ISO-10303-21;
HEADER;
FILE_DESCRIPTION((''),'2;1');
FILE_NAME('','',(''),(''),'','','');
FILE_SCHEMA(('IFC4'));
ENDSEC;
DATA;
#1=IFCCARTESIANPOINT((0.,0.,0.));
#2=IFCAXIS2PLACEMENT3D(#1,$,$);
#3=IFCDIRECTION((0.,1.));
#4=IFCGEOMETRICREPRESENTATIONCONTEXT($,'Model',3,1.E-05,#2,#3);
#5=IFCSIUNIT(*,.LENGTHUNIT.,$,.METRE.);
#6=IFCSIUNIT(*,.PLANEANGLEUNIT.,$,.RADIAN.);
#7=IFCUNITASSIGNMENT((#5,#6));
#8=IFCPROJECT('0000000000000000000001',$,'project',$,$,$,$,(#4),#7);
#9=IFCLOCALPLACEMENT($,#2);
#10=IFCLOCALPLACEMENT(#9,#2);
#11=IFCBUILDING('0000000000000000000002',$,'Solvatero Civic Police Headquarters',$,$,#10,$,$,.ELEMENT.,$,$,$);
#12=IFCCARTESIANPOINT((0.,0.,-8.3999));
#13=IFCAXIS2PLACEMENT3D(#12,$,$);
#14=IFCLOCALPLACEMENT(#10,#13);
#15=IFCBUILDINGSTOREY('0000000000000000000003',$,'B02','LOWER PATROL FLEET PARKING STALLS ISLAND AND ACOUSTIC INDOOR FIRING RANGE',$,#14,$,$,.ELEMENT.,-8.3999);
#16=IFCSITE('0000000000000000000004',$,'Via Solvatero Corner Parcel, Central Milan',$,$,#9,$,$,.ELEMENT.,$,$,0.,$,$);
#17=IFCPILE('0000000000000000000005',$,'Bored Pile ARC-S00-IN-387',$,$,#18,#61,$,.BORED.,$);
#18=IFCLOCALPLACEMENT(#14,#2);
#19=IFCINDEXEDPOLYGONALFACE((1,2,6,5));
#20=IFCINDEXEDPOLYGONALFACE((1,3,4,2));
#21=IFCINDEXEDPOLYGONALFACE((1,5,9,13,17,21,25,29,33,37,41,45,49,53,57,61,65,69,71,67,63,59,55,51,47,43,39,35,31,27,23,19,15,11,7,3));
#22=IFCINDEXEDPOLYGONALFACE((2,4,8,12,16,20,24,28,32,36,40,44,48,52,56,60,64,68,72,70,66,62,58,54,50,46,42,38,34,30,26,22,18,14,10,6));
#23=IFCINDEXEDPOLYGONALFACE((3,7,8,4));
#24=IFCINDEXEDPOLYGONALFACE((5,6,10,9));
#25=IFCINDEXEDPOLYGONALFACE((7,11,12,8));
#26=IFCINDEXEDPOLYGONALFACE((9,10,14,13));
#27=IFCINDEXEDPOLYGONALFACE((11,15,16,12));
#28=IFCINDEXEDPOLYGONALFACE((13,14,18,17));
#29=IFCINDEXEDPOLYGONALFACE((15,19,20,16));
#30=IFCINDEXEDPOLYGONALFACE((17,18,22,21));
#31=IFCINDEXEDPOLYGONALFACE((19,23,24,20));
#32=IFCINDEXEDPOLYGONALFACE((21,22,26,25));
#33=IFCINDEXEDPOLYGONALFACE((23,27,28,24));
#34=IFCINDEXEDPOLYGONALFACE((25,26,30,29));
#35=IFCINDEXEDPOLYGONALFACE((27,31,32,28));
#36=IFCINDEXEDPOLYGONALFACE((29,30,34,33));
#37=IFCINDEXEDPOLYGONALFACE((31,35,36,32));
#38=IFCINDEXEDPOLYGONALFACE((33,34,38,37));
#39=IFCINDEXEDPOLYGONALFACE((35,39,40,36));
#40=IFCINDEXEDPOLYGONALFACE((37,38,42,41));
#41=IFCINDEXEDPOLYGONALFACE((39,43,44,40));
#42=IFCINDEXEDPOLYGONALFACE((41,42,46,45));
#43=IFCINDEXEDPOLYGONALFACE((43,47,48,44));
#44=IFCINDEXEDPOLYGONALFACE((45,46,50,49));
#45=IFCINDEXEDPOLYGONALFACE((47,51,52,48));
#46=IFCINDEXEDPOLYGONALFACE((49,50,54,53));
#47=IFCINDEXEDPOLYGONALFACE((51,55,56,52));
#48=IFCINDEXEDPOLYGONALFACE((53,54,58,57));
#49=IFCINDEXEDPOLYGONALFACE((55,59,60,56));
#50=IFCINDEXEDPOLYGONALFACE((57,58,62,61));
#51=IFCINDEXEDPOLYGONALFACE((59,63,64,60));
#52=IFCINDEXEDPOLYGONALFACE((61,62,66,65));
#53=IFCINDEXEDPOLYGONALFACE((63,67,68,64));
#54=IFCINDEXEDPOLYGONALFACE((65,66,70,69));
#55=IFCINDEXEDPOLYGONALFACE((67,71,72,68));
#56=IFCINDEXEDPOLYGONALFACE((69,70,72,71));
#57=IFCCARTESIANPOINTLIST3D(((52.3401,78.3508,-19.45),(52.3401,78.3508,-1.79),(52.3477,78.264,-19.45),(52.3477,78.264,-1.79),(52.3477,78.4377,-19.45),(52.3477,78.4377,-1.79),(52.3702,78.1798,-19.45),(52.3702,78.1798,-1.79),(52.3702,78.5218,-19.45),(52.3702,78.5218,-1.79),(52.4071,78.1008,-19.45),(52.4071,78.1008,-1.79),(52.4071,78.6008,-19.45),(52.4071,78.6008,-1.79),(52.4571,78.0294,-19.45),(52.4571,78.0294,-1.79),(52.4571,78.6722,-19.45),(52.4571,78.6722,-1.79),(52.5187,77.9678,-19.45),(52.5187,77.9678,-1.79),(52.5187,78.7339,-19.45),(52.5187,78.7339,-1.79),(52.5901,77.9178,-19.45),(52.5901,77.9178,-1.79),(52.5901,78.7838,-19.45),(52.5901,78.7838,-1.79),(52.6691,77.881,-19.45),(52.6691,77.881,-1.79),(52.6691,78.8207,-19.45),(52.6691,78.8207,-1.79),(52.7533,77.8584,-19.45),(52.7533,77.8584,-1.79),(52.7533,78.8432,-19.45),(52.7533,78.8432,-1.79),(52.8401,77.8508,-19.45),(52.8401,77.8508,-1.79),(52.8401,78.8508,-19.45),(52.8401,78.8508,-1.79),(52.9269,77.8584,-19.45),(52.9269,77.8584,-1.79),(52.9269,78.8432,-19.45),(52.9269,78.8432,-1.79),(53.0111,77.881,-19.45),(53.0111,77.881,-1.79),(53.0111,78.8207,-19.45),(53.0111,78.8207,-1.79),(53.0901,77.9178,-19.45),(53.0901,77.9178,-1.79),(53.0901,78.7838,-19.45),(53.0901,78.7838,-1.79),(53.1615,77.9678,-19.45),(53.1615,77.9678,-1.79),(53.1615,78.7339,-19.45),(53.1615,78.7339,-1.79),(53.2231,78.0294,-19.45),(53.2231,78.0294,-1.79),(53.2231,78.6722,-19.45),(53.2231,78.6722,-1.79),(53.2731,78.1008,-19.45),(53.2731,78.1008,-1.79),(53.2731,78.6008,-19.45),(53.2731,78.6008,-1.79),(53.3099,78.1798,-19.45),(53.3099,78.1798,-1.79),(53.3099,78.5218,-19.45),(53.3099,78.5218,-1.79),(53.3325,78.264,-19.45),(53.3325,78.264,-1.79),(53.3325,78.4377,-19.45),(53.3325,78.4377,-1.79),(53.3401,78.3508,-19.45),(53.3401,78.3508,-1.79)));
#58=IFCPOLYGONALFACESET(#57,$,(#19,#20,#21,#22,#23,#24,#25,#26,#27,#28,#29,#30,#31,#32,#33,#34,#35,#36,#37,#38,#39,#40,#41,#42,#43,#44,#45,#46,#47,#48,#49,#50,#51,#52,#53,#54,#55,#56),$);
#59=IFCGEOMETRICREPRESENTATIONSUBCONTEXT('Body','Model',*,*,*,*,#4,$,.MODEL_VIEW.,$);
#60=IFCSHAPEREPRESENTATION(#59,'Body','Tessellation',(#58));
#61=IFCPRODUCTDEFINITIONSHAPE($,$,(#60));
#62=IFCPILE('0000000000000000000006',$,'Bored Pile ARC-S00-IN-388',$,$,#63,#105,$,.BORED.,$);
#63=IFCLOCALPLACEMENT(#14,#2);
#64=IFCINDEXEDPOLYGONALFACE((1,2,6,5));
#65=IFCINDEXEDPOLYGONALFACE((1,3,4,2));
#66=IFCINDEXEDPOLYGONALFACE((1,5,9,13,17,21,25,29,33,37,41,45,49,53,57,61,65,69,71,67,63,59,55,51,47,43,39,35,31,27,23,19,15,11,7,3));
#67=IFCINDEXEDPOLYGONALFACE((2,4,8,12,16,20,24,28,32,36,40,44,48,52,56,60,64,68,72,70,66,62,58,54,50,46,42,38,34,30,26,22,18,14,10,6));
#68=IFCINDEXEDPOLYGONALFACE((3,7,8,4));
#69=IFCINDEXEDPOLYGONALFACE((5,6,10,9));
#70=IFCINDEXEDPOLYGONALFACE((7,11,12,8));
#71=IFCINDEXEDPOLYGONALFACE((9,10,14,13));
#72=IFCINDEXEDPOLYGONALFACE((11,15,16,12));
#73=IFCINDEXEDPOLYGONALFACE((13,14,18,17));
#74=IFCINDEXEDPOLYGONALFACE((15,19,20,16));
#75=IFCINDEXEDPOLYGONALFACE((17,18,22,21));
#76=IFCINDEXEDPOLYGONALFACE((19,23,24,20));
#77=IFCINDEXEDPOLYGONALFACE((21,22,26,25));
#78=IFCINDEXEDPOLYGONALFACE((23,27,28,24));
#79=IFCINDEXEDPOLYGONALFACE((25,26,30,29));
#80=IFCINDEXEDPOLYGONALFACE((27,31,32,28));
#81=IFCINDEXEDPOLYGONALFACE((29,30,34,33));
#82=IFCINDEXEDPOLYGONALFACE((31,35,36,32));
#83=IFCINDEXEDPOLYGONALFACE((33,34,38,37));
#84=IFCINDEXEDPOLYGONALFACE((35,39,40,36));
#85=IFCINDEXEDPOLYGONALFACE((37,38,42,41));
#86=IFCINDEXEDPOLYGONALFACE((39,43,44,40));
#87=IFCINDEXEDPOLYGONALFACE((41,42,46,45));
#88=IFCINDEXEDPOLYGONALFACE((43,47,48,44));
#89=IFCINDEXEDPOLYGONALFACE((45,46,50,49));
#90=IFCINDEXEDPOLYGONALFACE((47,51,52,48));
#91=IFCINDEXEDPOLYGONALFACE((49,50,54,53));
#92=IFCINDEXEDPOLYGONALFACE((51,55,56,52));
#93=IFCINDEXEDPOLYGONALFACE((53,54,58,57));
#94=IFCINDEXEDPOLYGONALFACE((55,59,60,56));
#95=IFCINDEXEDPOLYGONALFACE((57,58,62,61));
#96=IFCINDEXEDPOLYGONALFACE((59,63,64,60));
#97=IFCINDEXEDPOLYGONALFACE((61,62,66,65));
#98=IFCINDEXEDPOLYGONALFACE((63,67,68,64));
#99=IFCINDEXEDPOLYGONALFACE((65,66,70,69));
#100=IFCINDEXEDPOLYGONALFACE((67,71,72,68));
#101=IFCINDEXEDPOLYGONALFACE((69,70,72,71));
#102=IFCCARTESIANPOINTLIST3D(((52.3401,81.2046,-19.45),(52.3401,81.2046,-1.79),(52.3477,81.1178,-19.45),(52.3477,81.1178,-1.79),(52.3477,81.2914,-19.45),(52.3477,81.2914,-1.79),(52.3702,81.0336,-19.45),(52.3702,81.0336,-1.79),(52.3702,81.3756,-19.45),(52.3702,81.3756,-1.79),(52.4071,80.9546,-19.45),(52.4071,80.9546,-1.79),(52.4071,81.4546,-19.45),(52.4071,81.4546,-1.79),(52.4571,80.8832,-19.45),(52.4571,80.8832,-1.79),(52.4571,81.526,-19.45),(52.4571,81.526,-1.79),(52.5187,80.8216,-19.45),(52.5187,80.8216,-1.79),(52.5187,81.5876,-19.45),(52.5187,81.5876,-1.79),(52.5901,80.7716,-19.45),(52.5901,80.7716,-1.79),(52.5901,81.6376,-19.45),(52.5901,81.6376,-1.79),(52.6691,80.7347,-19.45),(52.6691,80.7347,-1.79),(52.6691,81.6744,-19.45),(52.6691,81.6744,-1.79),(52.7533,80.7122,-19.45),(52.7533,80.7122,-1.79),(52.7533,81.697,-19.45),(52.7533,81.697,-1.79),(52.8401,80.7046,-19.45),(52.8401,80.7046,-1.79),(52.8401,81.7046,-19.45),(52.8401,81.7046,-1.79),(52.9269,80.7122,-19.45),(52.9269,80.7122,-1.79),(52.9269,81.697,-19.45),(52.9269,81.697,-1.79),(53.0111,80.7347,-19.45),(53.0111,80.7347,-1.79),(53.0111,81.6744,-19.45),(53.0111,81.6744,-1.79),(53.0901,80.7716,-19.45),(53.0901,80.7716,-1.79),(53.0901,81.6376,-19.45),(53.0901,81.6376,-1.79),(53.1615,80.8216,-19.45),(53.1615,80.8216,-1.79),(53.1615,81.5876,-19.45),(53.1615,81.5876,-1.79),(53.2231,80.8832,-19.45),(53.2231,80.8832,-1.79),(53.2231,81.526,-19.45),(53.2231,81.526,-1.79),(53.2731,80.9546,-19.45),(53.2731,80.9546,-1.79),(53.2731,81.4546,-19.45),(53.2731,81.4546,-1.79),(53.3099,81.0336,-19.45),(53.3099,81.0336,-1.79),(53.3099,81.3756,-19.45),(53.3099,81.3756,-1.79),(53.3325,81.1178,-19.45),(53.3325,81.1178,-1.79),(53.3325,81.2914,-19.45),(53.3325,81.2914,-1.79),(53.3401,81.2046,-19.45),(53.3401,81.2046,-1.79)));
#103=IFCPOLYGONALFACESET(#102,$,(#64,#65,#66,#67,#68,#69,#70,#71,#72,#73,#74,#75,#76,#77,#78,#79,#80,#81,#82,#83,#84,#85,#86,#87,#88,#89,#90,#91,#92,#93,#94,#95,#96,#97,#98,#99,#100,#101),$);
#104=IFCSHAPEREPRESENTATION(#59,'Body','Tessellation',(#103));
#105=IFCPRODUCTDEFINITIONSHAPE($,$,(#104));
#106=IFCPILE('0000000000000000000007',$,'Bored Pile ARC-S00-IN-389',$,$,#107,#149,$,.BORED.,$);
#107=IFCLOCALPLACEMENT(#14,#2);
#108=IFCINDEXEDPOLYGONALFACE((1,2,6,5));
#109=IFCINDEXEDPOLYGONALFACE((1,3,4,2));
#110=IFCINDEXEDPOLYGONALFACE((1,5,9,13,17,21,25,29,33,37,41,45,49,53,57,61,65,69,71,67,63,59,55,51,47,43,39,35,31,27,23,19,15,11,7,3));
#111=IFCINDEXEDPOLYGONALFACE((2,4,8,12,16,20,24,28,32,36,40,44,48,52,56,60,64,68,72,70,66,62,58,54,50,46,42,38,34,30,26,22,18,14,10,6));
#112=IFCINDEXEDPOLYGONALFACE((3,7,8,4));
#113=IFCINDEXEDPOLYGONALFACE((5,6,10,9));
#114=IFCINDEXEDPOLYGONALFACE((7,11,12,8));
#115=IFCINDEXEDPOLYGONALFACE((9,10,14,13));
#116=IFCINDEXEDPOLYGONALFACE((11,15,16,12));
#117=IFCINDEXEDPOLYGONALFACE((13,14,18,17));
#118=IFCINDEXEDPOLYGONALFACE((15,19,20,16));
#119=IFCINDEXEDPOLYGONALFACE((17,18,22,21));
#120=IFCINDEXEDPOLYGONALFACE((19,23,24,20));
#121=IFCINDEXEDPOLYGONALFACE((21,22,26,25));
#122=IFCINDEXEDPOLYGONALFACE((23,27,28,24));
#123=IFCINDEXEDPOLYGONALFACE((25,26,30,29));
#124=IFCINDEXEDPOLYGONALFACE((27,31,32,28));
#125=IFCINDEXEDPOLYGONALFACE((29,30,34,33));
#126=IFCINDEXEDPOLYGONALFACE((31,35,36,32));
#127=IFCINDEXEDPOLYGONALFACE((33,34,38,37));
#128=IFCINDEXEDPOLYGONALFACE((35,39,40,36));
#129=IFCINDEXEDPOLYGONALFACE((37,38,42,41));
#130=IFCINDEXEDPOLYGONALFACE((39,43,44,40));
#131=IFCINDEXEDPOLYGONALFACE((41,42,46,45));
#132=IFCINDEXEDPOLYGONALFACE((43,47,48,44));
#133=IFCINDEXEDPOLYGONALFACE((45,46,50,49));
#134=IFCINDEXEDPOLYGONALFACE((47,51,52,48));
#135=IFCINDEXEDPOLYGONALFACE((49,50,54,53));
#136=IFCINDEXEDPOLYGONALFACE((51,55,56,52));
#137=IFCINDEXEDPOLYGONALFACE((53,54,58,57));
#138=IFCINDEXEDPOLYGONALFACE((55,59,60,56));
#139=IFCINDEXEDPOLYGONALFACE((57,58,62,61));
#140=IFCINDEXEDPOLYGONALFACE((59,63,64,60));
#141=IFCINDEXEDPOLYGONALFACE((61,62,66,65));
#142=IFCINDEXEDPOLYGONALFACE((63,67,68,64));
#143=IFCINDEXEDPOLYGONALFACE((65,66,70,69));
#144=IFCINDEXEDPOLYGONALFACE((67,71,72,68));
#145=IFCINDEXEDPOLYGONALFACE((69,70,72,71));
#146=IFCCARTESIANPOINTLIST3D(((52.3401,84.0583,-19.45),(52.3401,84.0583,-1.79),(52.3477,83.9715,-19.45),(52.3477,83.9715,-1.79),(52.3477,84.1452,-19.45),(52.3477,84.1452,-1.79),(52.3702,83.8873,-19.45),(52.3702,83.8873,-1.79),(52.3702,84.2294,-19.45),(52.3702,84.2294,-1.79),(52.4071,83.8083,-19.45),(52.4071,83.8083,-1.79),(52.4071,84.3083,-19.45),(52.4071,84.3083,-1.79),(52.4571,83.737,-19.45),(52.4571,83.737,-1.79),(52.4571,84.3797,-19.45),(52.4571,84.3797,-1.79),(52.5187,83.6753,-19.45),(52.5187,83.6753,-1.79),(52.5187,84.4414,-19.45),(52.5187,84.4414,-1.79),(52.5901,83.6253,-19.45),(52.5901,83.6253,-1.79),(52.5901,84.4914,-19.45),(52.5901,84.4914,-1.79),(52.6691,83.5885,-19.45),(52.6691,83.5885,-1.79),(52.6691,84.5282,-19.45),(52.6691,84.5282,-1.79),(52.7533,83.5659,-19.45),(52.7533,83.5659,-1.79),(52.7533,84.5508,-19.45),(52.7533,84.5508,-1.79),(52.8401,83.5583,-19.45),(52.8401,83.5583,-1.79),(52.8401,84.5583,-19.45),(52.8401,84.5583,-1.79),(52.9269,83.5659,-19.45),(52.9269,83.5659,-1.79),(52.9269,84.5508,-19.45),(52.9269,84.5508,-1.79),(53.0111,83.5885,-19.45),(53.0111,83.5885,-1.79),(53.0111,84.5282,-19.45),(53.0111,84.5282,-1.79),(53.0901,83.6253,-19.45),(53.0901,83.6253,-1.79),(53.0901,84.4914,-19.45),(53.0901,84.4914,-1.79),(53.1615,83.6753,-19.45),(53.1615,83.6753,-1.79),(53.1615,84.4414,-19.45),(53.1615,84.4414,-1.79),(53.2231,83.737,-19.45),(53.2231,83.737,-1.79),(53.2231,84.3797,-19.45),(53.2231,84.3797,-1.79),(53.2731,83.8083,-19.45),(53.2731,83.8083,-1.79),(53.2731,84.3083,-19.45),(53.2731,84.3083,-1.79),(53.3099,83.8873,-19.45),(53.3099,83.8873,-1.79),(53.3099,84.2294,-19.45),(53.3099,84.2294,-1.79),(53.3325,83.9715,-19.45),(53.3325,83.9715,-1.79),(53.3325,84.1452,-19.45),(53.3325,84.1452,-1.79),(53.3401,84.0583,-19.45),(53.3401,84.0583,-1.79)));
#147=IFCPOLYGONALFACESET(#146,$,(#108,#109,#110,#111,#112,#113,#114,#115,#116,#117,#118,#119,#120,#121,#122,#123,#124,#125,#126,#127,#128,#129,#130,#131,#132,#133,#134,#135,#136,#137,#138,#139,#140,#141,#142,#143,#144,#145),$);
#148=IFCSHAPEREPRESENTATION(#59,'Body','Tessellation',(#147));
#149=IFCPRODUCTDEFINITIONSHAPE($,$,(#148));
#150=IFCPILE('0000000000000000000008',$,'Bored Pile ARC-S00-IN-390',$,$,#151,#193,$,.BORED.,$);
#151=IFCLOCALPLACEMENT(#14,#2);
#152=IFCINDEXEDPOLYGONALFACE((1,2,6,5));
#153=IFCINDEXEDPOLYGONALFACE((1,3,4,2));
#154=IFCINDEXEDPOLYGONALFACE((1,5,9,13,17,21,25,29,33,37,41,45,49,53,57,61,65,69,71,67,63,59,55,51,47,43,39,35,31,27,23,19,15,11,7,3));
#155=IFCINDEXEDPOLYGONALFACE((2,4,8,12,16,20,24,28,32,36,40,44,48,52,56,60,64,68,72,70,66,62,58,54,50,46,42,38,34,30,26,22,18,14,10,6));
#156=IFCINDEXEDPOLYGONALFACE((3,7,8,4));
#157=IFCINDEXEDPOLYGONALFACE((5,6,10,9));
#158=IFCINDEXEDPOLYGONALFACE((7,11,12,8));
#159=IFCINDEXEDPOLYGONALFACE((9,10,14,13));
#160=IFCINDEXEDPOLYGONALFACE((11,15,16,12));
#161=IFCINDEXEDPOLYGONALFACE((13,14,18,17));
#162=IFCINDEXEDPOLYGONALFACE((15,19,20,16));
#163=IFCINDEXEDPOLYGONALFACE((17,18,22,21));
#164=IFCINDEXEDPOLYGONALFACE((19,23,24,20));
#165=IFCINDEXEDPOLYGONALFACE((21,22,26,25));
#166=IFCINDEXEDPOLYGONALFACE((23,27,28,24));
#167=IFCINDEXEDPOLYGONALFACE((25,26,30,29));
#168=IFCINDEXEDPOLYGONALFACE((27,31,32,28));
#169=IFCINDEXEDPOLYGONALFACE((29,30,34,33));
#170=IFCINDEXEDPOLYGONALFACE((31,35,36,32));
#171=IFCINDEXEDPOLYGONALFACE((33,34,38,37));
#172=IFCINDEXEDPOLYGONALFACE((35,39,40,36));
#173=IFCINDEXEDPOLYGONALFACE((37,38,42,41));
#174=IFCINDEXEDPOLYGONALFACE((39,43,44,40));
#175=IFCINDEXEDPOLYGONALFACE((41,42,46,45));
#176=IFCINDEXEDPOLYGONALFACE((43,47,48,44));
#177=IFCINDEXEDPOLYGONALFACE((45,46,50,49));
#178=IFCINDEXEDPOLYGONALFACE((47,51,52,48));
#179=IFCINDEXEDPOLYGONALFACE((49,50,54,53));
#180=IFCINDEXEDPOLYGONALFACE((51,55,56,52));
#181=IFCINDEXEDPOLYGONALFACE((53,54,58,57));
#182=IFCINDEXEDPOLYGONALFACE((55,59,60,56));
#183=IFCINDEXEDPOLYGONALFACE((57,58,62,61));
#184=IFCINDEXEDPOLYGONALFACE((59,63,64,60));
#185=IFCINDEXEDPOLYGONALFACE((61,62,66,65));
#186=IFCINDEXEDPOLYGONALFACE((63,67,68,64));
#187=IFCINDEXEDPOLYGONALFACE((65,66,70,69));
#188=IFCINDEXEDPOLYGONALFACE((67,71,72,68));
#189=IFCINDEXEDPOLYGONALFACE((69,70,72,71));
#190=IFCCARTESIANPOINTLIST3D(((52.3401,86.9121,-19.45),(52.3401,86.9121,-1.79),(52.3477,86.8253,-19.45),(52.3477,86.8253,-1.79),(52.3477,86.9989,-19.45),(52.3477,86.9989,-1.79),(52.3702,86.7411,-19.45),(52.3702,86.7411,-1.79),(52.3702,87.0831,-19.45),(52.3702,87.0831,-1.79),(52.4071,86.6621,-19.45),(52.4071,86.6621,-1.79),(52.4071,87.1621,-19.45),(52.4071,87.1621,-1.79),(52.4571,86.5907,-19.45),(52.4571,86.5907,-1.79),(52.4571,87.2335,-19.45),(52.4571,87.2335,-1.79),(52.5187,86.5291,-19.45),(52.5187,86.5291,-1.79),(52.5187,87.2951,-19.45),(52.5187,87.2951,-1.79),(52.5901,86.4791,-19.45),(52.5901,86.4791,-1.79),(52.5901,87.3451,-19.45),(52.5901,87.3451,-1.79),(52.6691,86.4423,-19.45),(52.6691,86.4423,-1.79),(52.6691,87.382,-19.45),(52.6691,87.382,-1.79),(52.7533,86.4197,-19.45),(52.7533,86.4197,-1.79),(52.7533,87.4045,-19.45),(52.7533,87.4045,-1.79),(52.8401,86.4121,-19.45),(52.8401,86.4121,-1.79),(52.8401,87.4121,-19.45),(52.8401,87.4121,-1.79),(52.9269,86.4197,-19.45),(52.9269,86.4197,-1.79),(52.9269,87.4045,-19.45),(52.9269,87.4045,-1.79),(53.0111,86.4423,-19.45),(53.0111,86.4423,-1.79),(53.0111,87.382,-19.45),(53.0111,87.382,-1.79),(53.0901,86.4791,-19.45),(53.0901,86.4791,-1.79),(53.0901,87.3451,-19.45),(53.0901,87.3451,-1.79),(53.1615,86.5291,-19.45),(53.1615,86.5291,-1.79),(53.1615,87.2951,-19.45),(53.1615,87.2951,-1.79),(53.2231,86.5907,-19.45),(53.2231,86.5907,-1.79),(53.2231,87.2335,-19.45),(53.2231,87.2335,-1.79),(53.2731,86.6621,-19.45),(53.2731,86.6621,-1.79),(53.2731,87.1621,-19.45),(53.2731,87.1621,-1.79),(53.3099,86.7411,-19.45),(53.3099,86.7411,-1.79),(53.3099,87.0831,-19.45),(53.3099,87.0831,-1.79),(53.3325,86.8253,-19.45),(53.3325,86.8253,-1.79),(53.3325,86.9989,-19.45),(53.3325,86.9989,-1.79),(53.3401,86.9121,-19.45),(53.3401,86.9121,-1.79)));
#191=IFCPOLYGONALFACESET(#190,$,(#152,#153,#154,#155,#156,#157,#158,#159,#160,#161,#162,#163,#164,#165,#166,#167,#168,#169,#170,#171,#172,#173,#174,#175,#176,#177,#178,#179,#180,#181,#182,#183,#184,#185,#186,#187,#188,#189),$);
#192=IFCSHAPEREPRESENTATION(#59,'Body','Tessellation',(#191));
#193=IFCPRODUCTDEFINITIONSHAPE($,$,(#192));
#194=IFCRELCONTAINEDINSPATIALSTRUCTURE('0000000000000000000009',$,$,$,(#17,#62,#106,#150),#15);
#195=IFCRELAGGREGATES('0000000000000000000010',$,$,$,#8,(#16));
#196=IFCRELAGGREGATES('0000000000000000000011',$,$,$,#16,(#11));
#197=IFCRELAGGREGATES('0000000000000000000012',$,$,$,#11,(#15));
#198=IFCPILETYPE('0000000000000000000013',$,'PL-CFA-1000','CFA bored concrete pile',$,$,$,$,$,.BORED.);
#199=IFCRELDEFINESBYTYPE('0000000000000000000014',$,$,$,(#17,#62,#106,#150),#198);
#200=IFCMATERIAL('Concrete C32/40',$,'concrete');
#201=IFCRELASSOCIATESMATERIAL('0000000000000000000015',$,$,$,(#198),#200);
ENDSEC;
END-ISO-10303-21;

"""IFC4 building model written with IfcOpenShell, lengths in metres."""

from ifc_helpers import new_model, si_unit, direction, frame, origin, origin_2d, place, context, subcontext, project, spatial, circle, extrude, material, material_profile, profile_set, type_object, element, save


model = new_model("IFC4")

# Units and contexts
model_context = context("Model", 3, precision=1e-05, world=origin(), true_north=direction((0.0, 1.0)))
body_context = subcontext(model_context, "Body", "Model", "MODEL_VIEW")
ifc_project = project(units=[si_unit("LENGTHUNIT", "METRE"), si_unit("PLANEANGLEUNIT", "RADIAN")], contexts=[model_context])

# Site, building, storey
site_placement = place(None, origin())
site = spatial("IfcSite", under=ifc_project, at=site_placement, Name="Via Solvatero Corner Parcel, Central Milan", CompositionType="ELEMENT", RefElevation=0.0)
building_placement = place(site_placement, origin())
building = spatial("IfcBuilding", under=site, at=building_placement, Name="Solvatero Civic Police Headquarters", CompositionType="ELEMENT")
storey_placement = place(building_placement, frame((0.0, 0.0, -8.3999)))
storey = spatial("IfcBuildingStorey", under=building, at=storey_placement, Name="B02", Description="LOWER PATROL FLEET PARKING STALLS ISLAND AND ACOUSTIC INDOOR FIRING RANGE", CompositionType="ELEMENT", Elevation=-8.3999)

# Piles
ifc_material_1 = material(Name="Concrete C32/40", Category="concrete")
ifc_material_profile_1 = material_profile(ifc_material_1, circle(Radius=0.5, at=origin_2d()), Name="CFA PILE D1000")
ifc_profile_set_1 = profile_set([ifc_material_profile_1], Name="Concrete C32/40")
pile_type_1 = type_object("IfcPileType", Name="PL-CFA-1000", Description="CFA bored concrete pile", PredefinedType="BORED", material=ifc_profile_set_1)
for number, where, z_axis, x_axis, name in (
    (1, (52.8401, 78.3508, -1.79), (0.0, 0.0, -1.0), (1.0, 0.0, 0.0), "Bored Pile ARC-S00-IN-387"),
    (2, (52.8401, 81.2046, -1.79), (0.0, 0.0, -1.0), (1.0, 0.0, 0.0), "Bored Pile ARC-S00-IN-388"),
    (3, (52.8401, 84.0583, -1.79), (0.0, 0.0, -1.0), (1.0, 0.0, 0.0), "Bored Pile ARC-S00-IN-389"),
    (4, (52.8401, 86.9121, -1.79), (0.0, 0.0, -1.0), (1.0, 0.0, 0.0), "Bored Pile ARC-S00-IN-390"),
):
    element("IfcPile", number, at=place(storey_placement, frame(where, z_axis=z_axis, x_axis=x_axis)), inside=storey, type_object=pile_type_1, Name=name, PredefinedType="BORED", context=body_context, shape_type="SweptSolid", body=[
        extrude(circle(Radius=0.5, at=origin_2d()), origin(), (0.0, 0.0, 1.0), 17.6599),
    ])

save(model, "model.ifc")
